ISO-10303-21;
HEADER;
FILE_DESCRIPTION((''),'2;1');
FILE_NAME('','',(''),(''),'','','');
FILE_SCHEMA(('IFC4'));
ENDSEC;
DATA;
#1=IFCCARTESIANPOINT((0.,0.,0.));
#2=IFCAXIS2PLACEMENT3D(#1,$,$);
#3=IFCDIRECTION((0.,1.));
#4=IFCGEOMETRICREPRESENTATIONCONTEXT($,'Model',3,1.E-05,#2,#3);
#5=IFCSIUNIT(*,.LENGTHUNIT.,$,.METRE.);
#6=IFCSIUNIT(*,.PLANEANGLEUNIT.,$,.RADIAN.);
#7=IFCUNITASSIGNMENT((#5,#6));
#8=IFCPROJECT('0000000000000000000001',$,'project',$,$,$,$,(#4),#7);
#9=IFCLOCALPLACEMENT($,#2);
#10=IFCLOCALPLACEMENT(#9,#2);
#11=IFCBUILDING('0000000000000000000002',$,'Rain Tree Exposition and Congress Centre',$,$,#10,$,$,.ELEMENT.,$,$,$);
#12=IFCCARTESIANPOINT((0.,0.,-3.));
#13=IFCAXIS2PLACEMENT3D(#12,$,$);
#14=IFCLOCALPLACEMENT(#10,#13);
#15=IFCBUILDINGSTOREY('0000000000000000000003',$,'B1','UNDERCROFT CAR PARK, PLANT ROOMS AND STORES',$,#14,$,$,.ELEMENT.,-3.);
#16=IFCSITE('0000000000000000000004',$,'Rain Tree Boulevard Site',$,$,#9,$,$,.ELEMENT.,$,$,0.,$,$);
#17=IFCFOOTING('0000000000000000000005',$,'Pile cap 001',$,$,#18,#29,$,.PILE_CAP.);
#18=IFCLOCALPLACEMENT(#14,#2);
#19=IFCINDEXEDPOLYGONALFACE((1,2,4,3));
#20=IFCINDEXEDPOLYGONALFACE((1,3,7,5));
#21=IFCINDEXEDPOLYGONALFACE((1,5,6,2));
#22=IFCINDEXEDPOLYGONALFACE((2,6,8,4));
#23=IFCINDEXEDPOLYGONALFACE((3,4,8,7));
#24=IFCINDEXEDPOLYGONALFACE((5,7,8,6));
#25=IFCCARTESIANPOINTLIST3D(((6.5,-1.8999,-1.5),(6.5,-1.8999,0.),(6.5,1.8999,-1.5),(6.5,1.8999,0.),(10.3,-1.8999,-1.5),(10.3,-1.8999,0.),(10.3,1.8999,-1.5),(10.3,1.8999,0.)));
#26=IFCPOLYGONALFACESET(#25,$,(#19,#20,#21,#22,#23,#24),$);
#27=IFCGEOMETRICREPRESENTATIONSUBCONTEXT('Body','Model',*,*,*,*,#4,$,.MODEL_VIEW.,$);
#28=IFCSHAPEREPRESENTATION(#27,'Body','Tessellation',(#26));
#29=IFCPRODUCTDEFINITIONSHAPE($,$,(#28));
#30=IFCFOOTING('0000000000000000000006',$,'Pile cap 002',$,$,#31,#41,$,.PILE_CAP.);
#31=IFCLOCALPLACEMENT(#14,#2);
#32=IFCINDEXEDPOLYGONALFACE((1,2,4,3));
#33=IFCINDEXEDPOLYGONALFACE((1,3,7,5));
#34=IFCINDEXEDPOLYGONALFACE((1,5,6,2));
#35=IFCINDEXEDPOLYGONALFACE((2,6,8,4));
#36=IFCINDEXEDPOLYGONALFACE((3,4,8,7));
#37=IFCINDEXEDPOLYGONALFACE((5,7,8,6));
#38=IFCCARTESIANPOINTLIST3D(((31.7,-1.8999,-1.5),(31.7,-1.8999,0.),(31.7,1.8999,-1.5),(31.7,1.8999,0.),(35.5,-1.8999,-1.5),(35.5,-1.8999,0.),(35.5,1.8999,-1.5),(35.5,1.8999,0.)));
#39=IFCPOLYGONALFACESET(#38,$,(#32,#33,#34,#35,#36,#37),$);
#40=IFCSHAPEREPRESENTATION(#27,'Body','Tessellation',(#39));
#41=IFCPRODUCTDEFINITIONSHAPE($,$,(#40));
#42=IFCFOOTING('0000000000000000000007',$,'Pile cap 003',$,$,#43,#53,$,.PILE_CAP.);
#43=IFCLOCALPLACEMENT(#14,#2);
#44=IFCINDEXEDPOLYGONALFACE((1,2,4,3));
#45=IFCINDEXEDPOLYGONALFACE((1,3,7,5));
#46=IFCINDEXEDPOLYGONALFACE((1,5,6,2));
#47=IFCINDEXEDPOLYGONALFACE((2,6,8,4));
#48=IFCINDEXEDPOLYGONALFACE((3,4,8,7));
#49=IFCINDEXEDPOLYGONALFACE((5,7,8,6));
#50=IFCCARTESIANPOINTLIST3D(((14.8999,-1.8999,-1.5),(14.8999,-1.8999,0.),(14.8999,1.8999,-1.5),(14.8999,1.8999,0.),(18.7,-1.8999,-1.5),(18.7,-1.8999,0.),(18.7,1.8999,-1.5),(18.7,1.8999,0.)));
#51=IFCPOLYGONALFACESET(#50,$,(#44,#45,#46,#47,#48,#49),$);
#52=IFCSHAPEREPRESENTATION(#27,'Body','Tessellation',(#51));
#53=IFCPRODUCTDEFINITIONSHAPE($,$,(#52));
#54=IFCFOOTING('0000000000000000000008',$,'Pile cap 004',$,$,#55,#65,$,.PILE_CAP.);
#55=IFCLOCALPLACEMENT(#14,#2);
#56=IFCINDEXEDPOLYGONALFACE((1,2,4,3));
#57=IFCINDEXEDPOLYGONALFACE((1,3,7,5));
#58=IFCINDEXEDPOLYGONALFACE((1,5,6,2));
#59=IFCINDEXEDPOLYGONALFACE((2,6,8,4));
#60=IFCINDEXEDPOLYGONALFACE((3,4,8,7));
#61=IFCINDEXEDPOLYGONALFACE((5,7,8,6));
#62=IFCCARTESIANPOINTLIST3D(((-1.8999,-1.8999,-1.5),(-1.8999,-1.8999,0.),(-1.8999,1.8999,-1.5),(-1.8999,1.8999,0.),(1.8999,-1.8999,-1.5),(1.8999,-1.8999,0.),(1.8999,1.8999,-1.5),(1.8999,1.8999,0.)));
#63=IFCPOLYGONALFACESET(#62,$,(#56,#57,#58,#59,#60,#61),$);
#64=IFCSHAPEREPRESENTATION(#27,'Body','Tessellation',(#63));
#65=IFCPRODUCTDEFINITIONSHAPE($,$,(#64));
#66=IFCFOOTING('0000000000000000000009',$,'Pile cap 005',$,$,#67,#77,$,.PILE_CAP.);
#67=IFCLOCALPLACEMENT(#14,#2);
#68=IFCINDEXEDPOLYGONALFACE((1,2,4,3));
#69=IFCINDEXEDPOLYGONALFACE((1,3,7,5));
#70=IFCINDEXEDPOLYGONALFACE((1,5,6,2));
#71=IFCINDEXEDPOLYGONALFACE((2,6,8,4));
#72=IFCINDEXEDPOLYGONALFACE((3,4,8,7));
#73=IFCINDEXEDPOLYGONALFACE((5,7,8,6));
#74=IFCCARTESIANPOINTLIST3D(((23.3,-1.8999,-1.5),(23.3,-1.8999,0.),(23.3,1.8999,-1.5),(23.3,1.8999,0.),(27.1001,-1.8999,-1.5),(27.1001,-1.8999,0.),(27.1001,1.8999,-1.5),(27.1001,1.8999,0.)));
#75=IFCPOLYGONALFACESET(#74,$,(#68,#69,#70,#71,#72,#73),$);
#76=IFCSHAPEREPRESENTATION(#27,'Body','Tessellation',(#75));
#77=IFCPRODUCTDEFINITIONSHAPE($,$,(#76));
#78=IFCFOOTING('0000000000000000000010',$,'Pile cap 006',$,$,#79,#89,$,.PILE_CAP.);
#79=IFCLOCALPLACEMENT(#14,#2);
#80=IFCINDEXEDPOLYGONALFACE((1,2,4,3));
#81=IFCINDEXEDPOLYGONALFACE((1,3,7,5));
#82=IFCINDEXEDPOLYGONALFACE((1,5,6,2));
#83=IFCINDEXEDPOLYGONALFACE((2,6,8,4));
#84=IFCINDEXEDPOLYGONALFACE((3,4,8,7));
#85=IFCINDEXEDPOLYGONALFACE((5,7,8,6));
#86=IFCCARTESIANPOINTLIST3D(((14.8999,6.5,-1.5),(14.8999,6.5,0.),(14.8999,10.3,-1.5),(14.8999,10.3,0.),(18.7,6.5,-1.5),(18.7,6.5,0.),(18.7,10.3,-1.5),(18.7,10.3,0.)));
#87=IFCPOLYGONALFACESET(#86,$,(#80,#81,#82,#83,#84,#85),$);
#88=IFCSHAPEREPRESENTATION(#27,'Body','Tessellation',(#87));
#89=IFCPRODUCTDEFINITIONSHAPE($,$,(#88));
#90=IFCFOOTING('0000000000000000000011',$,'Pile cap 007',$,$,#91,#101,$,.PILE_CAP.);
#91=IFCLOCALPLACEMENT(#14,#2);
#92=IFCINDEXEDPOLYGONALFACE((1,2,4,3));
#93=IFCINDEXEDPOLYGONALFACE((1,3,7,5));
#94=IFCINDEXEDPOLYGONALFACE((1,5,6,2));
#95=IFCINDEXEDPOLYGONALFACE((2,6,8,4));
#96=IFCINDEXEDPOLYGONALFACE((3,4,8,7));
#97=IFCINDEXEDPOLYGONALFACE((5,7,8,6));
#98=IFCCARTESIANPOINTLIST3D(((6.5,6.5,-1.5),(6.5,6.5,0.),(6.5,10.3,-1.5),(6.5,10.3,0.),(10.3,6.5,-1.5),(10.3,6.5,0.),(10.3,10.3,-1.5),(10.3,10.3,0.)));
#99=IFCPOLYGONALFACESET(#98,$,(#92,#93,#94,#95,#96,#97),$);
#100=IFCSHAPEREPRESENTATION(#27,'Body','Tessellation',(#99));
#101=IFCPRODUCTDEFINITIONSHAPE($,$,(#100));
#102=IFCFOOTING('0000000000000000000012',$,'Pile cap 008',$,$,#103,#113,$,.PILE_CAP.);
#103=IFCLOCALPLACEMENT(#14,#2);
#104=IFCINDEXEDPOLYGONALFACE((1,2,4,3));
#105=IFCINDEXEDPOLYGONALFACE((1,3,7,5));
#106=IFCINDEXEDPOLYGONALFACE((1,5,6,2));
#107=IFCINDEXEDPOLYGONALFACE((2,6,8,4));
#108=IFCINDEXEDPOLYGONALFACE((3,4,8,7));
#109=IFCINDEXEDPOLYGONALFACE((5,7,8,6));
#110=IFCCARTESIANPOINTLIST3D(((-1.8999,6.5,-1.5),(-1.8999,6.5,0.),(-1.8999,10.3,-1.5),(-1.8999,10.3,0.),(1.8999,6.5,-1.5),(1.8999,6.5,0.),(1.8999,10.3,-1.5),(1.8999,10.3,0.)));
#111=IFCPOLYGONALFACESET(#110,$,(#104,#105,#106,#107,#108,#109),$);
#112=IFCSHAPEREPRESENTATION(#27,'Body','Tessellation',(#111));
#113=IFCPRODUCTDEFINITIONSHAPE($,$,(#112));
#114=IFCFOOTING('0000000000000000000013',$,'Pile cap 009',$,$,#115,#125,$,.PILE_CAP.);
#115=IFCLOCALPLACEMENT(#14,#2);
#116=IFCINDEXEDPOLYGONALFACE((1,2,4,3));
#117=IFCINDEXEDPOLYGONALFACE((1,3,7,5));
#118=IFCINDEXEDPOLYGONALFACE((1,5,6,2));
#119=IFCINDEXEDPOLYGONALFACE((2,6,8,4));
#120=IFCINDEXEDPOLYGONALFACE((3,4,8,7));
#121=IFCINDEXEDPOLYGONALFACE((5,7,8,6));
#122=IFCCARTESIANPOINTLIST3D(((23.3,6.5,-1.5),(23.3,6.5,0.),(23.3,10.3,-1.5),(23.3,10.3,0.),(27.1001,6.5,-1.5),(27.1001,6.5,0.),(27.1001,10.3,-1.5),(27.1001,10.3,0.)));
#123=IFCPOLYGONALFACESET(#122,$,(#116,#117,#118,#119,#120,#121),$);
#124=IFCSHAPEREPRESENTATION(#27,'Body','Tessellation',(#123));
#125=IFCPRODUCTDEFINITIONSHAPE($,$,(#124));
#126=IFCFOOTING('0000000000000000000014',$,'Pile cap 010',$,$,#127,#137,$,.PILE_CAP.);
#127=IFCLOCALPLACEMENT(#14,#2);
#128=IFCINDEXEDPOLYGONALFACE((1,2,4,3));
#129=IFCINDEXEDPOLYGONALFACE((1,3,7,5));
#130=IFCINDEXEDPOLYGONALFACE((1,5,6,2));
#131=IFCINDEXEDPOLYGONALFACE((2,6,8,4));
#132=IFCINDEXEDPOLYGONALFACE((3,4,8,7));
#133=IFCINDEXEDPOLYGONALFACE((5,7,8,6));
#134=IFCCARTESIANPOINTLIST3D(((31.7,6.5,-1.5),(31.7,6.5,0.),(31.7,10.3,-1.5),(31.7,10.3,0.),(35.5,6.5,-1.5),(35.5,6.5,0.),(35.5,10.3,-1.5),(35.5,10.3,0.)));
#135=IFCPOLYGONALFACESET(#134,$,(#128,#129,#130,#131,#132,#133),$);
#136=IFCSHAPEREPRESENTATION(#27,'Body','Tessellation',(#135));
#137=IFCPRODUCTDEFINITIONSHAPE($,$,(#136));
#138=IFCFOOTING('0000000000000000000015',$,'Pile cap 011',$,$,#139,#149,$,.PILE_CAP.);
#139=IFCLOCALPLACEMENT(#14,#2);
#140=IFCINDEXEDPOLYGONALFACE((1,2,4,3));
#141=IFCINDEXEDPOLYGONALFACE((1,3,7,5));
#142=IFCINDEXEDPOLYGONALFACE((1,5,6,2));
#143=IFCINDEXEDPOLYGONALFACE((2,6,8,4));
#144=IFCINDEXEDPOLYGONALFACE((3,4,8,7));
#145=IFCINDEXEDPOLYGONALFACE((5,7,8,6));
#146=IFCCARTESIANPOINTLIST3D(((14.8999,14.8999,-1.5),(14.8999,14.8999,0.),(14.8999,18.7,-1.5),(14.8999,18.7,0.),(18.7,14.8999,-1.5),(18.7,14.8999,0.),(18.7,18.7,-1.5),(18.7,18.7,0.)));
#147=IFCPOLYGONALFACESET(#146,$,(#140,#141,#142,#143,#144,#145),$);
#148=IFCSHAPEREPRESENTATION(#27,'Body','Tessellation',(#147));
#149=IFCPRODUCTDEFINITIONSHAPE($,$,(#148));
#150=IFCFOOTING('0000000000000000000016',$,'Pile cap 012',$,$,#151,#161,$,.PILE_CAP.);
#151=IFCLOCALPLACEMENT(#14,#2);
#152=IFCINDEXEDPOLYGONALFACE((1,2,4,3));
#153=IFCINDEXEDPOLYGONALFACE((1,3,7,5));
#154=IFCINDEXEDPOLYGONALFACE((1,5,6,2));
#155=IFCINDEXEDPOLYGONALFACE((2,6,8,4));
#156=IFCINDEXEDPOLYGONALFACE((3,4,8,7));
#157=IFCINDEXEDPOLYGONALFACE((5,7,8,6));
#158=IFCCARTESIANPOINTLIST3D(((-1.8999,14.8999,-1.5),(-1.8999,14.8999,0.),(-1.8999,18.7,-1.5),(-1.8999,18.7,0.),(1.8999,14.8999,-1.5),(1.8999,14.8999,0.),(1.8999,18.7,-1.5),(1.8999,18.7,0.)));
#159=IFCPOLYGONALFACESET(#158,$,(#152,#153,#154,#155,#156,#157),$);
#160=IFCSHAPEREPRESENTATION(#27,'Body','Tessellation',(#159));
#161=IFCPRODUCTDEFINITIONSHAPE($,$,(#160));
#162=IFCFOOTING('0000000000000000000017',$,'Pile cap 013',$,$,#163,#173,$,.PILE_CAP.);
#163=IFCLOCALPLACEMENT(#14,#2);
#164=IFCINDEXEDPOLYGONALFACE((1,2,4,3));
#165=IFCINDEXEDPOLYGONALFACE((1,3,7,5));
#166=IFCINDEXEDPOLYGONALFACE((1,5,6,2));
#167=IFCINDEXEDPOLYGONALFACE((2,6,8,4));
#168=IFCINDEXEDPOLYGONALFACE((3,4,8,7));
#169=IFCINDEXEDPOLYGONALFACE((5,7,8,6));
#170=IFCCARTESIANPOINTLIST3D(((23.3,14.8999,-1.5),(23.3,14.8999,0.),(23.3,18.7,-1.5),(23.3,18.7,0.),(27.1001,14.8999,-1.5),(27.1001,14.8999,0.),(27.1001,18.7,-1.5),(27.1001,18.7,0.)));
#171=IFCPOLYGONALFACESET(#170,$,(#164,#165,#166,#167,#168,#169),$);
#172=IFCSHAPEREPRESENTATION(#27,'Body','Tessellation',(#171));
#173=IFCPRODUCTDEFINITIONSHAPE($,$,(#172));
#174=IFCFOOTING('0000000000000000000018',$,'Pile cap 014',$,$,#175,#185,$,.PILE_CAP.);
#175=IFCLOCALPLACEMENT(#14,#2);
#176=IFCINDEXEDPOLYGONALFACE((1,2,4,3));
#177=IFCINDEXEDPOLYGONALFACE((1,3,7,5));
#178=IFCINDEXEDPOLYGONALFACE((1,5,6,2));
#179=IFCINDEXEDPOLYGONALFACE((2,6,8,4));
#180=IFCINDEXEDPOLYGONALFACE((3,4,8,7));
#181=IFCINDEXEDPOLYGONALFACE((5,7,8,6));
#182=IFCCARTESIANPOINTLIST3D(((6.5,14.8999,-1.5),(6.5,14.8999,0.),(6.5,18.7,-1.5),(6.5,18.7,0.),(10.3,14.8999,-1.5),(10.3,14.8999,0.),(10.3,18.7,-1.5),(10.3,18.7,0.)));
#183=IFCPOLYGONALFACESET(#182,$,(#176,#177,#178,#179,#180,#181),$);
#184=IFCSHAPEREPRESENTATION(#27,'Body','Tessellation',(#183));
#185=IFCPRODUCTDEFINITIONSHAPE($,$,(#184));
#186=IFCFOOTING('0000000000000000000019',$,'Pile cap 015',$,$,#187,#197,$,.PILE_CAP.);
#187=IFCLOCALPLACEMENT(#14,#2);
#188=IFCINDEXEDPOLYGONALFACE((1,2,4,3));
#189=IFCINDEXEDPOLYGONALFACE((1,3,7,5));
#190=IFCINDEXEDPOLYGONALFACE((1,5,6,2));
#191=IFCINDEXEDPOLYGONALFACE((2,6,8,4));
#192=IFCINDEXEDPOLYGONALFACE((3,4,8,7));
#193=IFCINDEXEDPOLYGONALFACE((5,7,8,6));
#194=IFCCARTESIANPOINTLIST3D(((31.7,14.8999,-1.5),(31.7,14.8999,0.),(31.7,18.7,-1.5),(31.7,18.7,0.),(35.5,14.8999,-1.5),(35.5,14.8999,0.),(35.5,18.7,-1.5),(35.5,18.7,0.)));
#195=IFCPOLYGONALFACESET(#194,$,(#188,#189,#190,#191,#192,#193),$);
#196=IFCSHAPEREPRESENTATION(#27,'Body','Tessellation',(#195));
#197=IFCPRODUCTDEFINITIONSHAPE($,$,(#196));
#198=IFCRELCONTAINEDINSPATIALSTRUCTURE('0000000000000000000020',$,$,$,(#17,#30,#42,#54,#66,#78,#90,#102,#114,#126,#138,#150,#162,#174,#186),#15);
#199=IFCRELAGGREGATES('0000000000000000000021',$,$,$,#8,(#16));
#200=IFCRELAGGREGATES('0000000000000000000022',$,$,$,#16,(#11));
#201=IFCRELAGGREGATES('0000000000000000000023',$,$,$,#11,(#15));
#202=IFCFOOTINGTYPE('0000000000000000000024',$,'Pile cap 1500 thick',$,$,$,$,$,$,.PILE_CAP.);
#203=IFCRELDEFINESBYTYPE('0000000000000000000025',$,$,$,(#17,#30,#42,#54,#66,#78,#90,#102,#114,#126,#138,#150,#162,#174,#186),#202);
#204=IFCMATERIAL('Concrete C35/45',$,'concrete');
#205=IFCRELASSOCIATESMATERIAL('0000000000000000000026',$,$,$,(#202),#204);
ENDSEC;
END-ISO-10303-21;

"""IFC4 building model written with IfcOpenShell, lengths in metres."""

from ifc_helpers import new_model, si_unit, direction, frame, origin, place, context, subcontext, project, spatial, polyline, outline, extrude, material, type_object, element, save


model = new_model("IFC4")

# Units and contexts
model_context = context("Model", 3, precision=1e-05, world=origin(), true_north=direction((0.0, 1.0)))
body_context = subcontext(model_context, "Body", "Model", "MODEL_VIEW")
ifc_project = project(units=[si_unit("LENGTHUNIT", "METRE"), si_unit("PLANEANGLEUNIT", "RADIAN")], contexts=[model_context])

# Site, building, storey
site_placement = place(None, origin())
site = spatial("IfcSite", under=ifc_project, at=site_placement, Name="Rain Tree Boulevard Site", CompositionType="ELEMENT", RefElevation=0.0)
building_placement = place(site_placement, origin())
building = spatial("IfcBuilding", under=site, at=building_placement, Name="Rain Tree Exposition and Congress Centre", CompositionType="ELEMENT")
storey_placement = place(building_placement, frame((0.0, 0.0, -3.0)))
storey = spatial("IfcBuildingStorey", under=building, at=storey_placement, Name="B1", Description="UNDERCROFT CAR PARK, PLANT ROOMS AND STORES", CompositionType="ELEMENT", Elevation=-3.0)

# Footings
ifc_material_1 = material(Name="Concrete C35/45", Category="concrete")
footing_type_1 = type_object("IfcFootingType", Name="Pile cap 1500 thick", PredefinedType="PILE_CAP", material=ifc_material_1)
footing_1_placement = place(storey_placement, frame((0.0, 0.0, -1.5)))
element("IfcFooting", 1, at=footing_1_placement, inside=storey, type_object=footing_type_1, Name="Pile cap 001", PredefinedType="PILE_CAP", context=body_context, shape_type="SweptSolid", body=[
    extrude(outline(polyline([(10.3, -1.8999), (10.3, 1.8999), (6.5, 1.8999), (6.5, -1.8999), (10.3, -1.8999)])), origin(), (0.0, 0.0, 1.0), 1.5),
])
footing_2_placement = place(storey_placement, frame((0.0, 0.0, -1.5)))
element("IfcFooting", 2, at=footing_2_placement, inside=storey, type_object=footing_type_1, Name="Pile cap 002", PredefinedType="PILE_CAP", context=body_context, shape_type="SweptSolid", body=[
    extrude(outline(polyline([(35.5, -1.8999), (35.5, 1.8999), (31.7, 1.8999), (31.7, -1.8999), (35.5, -1.8999)])), origin(), (0.0, 0.0, 1.0), 1.5),
])
footing_3_placement = place(storey_placement, frame((0.0, 0.0, -1.5)))
element("IfcFooting", 3, at=footing_3_placement, inside=storey, type_object=footing_type_1, Name="Pile cap 003", PredefinedType="PILE_CAP", context=body_context, shape_type="SweptSolid", body=[
    extrude(outline(polyline([(18.7, -1.8999), (18.7, 1.8999), (14.8999, 1.8999), (14.8999, -1.8999), (18.7, -1.8999)])), origin(), (0.0, 0.0, 1.0), 1.5),
])
footing_4_placement = place(storey_placement, frame((0.0, 0.0, -1.5)))
element("IfcFooting", 4, at=footing_4_placement, inside=storey, type_object=footing_type_1, Name="Pile cap 004", PredefinedType="PILE_CAP", context=body_context, shape_type="SweptSolid", body=[
    extrude(outline(polyline([(1.8999, -1.8999), (1.8999, 1.8999), (-1.8999, 1.8999), (-1.8999, -1.8999), (1.8999, -1.8999)])), origin(), (0.0, 0.0, 1.0), 1.5),
])
footing_5_placement = place(storey_placement, frame((0.0, 0.0, -1.5)))
element("IfcFooting", 5, at=footing_5_placement, inside=storey, type_object=footing_type_1, Name="Pile cap 005", PredefinedType="PILE_CAP", context=body_context, shape_type="SweptSolid", body=[
    extrude(outline(polyline([(27.1001, -1.8999), (27.1001, 1.8999), (23.3, 1.8999), (23.3, -1.8999), (27.1001, -1.8999)])), origin(), (0.0, 0.0, 1.0), 1.5),
])
footing_6_placement = place(storey_placement, frame((0.0, 0.0, -1.5)))
element("IfcFooting", 6, at=footing_6_placement, inside=storey, type_object=footing_type_1, Name="Pile cap 006", PredefinedType="PILE_CAP", context=body_context, shape_type="SweptSolid", body=[
    extrude(outline(polyline([(18.7, 6.5), (18.7, 10.3), (14.8999, 10.3), (14.8999, 6.5), (18.7, 6.5)])), origin(), (0.0, 0.0, 1.0), 1.5),
])
footing_7_placement = place(storey_placement, frame((0.0, 0.0, -1.5)))
element("IfcFooting", 7, at=footing_7_placement, inside=storey, type_object=footing_type_1, Name="Pile cap 007", PredefinedType="PILE_CAP", context=body_context, shape_type="SweptSolid", body=[
    extrude(outline(polyline([(10.3, 6.5), (10.3, 10.3), (6.5, 10.3), (6.5, 6.5), (10.3, 6.5)])), origin(), (0.0, 0.0, 1.0), 1.5),
])
footing_8_placement = place(storey_placement, frame((0.0, 0.0, -1.5)))
element("IfcFooting", 8, at=footing_8_placement, inside=storey, type_object=footing_type_1, Name="Pile cap 008", PredefinedType="PILE_CAP", context=body_context, shape_type="SweptSolid", body=[
    extrude(outline(polyline([(1.8999, 6.5), (1.8999, 10.3), (-1.8999, 10.3), (-1.8999, 6.5), (1.8999, 6.5)])), origin(), (0.0, 0.0, 1.0), 1.5),
])
footing_9_placement = place(storey_placement, frame((0.0, 0.0, -1.5)))
element("IfcFooting", 9, at=footing_9_placement, inside=storey, type_object=footing_type_1, Name="Pile cap 009", PredefinedType="PILE_CAP", context=body_context, shape_type="SweptSolid", body=[
    extrude(outline(polyline([(27.1001, 6.5), (27.1001, 10.3), (23.3, 10.3), (23.3, 6.5), (27.1001, 6.5)])), origin(), (0.0, 0.0, 1.0), 1.5),
])
footing_10_placement = place(storey_placement, frame((0.0, 0.0, -1.5)))
element("IfcFooting", 10, at=footing_10_placement, inside=storey, type_object=footing_type_1, Name="Pile cap 010", PredefinedType="PILE_CAP", context=body_context, shape_type="SweptSolid", body=[
    extrude(outline(polyline([(35.5, 6.5), (35.5, 10.3), (31.7, 10.3), (31.7, 6.5), (35.5, 6.5)])), origin(), (0.0, 0.0, 1.0), 1.5),
])
footing_11_placement = place(storey_placement, frame((0.0, 0.0, -1.5)))
element("IfcFooting", 11, at=footing_11_placement, inside=storey, type_object=footing_type_1, Name="Pile cap 011", PredefinedType="PILE_CAP", context=body_context, shape_type="SweptSolid", body=[
    extrude(outline(polyline([(18.7, 14.8999), (18.7, 18.7), (14.8999, 18.7), (14.8999, 14.8999), (18.7, 14.8999)])), origin(), (0.0, 0.0, 1.0), 1.5),
])
footing_12_placement = place(storey_placement, frame((0.0, 0.0, -1.5)))
element("IfcFooting", 12, at=footing_12_placement, inside=storey, type_object=footing_type_1, Name="Pile cap 012", PredefinedType="PILE_CAP", context=body_context, shape_type="SweptSolid", body=[
    extrude(outline(polyline([(1.8999, 14.8999), (1.8999, 18.7), (-1.8999, 18.7), (-1.8999, 14.8999), (1.8999, 14.8999)])), origin(), (0.0, 0.0, 1.0), 1.5),
])
footing_13_placement = place(storey_placement, frame((0.0, 0.0, -1.5)))
element("IfcFooting", 13, at=footing_13_placement, inside=storey, type_object=footing_type_1, Name="Pile cap 013", PredefinedType="PILE_CAP", context=body_context, shape_type="SweptSolid", body=[
    extrude(outline(polyline([(27.1001, 14.8999), (27.1001, 18.7), (23.3, 18.7), (23.3, 14.8999), (27.1001, 14.8999)])), origin(), (0.0, 0.0, 1.0), 1.5),
])
footing_14_placement = place(storey_placement, frame((0.0, 0.0, -1.5)))
element("IfcFooting", 14, at=footing_14_placement, inside=storey, type_object=footing_type_1, Name="Pile cap 014", PredefinedType="PILE_CAP", context=body_context, shape_type="SweptSolid", body=[
    extrude(outline(polyline([(10.3, 14.8999), (10.3, 18.7), (6.5, 18.7), (6.5, 14.8999), (10.3, 14.8999)])), origin(), (0.0, 0.0, 1.0), 1.5),
])
footing_15_placement = place(storey_placement, frame((0.0, 0.0, -1.5)))
element("IfcFooting", 15, at=footing_15_placement, inside=storey, type_object=footing_type_1, Name="Pile cap 015", PredefinedType="PILE_CAP", context=body_context, shape_type="SweptSolid", body=[
    extrude(outline(polyline([(35.5, 14.8999), (35.5, 18.7), (31.7, 18.7), (31.7, 14.8999), (35.5, 14.8999)])), origin(), (0.0, 0.0, 1.0), 1.5),
])

save(model, "model.ifc")
